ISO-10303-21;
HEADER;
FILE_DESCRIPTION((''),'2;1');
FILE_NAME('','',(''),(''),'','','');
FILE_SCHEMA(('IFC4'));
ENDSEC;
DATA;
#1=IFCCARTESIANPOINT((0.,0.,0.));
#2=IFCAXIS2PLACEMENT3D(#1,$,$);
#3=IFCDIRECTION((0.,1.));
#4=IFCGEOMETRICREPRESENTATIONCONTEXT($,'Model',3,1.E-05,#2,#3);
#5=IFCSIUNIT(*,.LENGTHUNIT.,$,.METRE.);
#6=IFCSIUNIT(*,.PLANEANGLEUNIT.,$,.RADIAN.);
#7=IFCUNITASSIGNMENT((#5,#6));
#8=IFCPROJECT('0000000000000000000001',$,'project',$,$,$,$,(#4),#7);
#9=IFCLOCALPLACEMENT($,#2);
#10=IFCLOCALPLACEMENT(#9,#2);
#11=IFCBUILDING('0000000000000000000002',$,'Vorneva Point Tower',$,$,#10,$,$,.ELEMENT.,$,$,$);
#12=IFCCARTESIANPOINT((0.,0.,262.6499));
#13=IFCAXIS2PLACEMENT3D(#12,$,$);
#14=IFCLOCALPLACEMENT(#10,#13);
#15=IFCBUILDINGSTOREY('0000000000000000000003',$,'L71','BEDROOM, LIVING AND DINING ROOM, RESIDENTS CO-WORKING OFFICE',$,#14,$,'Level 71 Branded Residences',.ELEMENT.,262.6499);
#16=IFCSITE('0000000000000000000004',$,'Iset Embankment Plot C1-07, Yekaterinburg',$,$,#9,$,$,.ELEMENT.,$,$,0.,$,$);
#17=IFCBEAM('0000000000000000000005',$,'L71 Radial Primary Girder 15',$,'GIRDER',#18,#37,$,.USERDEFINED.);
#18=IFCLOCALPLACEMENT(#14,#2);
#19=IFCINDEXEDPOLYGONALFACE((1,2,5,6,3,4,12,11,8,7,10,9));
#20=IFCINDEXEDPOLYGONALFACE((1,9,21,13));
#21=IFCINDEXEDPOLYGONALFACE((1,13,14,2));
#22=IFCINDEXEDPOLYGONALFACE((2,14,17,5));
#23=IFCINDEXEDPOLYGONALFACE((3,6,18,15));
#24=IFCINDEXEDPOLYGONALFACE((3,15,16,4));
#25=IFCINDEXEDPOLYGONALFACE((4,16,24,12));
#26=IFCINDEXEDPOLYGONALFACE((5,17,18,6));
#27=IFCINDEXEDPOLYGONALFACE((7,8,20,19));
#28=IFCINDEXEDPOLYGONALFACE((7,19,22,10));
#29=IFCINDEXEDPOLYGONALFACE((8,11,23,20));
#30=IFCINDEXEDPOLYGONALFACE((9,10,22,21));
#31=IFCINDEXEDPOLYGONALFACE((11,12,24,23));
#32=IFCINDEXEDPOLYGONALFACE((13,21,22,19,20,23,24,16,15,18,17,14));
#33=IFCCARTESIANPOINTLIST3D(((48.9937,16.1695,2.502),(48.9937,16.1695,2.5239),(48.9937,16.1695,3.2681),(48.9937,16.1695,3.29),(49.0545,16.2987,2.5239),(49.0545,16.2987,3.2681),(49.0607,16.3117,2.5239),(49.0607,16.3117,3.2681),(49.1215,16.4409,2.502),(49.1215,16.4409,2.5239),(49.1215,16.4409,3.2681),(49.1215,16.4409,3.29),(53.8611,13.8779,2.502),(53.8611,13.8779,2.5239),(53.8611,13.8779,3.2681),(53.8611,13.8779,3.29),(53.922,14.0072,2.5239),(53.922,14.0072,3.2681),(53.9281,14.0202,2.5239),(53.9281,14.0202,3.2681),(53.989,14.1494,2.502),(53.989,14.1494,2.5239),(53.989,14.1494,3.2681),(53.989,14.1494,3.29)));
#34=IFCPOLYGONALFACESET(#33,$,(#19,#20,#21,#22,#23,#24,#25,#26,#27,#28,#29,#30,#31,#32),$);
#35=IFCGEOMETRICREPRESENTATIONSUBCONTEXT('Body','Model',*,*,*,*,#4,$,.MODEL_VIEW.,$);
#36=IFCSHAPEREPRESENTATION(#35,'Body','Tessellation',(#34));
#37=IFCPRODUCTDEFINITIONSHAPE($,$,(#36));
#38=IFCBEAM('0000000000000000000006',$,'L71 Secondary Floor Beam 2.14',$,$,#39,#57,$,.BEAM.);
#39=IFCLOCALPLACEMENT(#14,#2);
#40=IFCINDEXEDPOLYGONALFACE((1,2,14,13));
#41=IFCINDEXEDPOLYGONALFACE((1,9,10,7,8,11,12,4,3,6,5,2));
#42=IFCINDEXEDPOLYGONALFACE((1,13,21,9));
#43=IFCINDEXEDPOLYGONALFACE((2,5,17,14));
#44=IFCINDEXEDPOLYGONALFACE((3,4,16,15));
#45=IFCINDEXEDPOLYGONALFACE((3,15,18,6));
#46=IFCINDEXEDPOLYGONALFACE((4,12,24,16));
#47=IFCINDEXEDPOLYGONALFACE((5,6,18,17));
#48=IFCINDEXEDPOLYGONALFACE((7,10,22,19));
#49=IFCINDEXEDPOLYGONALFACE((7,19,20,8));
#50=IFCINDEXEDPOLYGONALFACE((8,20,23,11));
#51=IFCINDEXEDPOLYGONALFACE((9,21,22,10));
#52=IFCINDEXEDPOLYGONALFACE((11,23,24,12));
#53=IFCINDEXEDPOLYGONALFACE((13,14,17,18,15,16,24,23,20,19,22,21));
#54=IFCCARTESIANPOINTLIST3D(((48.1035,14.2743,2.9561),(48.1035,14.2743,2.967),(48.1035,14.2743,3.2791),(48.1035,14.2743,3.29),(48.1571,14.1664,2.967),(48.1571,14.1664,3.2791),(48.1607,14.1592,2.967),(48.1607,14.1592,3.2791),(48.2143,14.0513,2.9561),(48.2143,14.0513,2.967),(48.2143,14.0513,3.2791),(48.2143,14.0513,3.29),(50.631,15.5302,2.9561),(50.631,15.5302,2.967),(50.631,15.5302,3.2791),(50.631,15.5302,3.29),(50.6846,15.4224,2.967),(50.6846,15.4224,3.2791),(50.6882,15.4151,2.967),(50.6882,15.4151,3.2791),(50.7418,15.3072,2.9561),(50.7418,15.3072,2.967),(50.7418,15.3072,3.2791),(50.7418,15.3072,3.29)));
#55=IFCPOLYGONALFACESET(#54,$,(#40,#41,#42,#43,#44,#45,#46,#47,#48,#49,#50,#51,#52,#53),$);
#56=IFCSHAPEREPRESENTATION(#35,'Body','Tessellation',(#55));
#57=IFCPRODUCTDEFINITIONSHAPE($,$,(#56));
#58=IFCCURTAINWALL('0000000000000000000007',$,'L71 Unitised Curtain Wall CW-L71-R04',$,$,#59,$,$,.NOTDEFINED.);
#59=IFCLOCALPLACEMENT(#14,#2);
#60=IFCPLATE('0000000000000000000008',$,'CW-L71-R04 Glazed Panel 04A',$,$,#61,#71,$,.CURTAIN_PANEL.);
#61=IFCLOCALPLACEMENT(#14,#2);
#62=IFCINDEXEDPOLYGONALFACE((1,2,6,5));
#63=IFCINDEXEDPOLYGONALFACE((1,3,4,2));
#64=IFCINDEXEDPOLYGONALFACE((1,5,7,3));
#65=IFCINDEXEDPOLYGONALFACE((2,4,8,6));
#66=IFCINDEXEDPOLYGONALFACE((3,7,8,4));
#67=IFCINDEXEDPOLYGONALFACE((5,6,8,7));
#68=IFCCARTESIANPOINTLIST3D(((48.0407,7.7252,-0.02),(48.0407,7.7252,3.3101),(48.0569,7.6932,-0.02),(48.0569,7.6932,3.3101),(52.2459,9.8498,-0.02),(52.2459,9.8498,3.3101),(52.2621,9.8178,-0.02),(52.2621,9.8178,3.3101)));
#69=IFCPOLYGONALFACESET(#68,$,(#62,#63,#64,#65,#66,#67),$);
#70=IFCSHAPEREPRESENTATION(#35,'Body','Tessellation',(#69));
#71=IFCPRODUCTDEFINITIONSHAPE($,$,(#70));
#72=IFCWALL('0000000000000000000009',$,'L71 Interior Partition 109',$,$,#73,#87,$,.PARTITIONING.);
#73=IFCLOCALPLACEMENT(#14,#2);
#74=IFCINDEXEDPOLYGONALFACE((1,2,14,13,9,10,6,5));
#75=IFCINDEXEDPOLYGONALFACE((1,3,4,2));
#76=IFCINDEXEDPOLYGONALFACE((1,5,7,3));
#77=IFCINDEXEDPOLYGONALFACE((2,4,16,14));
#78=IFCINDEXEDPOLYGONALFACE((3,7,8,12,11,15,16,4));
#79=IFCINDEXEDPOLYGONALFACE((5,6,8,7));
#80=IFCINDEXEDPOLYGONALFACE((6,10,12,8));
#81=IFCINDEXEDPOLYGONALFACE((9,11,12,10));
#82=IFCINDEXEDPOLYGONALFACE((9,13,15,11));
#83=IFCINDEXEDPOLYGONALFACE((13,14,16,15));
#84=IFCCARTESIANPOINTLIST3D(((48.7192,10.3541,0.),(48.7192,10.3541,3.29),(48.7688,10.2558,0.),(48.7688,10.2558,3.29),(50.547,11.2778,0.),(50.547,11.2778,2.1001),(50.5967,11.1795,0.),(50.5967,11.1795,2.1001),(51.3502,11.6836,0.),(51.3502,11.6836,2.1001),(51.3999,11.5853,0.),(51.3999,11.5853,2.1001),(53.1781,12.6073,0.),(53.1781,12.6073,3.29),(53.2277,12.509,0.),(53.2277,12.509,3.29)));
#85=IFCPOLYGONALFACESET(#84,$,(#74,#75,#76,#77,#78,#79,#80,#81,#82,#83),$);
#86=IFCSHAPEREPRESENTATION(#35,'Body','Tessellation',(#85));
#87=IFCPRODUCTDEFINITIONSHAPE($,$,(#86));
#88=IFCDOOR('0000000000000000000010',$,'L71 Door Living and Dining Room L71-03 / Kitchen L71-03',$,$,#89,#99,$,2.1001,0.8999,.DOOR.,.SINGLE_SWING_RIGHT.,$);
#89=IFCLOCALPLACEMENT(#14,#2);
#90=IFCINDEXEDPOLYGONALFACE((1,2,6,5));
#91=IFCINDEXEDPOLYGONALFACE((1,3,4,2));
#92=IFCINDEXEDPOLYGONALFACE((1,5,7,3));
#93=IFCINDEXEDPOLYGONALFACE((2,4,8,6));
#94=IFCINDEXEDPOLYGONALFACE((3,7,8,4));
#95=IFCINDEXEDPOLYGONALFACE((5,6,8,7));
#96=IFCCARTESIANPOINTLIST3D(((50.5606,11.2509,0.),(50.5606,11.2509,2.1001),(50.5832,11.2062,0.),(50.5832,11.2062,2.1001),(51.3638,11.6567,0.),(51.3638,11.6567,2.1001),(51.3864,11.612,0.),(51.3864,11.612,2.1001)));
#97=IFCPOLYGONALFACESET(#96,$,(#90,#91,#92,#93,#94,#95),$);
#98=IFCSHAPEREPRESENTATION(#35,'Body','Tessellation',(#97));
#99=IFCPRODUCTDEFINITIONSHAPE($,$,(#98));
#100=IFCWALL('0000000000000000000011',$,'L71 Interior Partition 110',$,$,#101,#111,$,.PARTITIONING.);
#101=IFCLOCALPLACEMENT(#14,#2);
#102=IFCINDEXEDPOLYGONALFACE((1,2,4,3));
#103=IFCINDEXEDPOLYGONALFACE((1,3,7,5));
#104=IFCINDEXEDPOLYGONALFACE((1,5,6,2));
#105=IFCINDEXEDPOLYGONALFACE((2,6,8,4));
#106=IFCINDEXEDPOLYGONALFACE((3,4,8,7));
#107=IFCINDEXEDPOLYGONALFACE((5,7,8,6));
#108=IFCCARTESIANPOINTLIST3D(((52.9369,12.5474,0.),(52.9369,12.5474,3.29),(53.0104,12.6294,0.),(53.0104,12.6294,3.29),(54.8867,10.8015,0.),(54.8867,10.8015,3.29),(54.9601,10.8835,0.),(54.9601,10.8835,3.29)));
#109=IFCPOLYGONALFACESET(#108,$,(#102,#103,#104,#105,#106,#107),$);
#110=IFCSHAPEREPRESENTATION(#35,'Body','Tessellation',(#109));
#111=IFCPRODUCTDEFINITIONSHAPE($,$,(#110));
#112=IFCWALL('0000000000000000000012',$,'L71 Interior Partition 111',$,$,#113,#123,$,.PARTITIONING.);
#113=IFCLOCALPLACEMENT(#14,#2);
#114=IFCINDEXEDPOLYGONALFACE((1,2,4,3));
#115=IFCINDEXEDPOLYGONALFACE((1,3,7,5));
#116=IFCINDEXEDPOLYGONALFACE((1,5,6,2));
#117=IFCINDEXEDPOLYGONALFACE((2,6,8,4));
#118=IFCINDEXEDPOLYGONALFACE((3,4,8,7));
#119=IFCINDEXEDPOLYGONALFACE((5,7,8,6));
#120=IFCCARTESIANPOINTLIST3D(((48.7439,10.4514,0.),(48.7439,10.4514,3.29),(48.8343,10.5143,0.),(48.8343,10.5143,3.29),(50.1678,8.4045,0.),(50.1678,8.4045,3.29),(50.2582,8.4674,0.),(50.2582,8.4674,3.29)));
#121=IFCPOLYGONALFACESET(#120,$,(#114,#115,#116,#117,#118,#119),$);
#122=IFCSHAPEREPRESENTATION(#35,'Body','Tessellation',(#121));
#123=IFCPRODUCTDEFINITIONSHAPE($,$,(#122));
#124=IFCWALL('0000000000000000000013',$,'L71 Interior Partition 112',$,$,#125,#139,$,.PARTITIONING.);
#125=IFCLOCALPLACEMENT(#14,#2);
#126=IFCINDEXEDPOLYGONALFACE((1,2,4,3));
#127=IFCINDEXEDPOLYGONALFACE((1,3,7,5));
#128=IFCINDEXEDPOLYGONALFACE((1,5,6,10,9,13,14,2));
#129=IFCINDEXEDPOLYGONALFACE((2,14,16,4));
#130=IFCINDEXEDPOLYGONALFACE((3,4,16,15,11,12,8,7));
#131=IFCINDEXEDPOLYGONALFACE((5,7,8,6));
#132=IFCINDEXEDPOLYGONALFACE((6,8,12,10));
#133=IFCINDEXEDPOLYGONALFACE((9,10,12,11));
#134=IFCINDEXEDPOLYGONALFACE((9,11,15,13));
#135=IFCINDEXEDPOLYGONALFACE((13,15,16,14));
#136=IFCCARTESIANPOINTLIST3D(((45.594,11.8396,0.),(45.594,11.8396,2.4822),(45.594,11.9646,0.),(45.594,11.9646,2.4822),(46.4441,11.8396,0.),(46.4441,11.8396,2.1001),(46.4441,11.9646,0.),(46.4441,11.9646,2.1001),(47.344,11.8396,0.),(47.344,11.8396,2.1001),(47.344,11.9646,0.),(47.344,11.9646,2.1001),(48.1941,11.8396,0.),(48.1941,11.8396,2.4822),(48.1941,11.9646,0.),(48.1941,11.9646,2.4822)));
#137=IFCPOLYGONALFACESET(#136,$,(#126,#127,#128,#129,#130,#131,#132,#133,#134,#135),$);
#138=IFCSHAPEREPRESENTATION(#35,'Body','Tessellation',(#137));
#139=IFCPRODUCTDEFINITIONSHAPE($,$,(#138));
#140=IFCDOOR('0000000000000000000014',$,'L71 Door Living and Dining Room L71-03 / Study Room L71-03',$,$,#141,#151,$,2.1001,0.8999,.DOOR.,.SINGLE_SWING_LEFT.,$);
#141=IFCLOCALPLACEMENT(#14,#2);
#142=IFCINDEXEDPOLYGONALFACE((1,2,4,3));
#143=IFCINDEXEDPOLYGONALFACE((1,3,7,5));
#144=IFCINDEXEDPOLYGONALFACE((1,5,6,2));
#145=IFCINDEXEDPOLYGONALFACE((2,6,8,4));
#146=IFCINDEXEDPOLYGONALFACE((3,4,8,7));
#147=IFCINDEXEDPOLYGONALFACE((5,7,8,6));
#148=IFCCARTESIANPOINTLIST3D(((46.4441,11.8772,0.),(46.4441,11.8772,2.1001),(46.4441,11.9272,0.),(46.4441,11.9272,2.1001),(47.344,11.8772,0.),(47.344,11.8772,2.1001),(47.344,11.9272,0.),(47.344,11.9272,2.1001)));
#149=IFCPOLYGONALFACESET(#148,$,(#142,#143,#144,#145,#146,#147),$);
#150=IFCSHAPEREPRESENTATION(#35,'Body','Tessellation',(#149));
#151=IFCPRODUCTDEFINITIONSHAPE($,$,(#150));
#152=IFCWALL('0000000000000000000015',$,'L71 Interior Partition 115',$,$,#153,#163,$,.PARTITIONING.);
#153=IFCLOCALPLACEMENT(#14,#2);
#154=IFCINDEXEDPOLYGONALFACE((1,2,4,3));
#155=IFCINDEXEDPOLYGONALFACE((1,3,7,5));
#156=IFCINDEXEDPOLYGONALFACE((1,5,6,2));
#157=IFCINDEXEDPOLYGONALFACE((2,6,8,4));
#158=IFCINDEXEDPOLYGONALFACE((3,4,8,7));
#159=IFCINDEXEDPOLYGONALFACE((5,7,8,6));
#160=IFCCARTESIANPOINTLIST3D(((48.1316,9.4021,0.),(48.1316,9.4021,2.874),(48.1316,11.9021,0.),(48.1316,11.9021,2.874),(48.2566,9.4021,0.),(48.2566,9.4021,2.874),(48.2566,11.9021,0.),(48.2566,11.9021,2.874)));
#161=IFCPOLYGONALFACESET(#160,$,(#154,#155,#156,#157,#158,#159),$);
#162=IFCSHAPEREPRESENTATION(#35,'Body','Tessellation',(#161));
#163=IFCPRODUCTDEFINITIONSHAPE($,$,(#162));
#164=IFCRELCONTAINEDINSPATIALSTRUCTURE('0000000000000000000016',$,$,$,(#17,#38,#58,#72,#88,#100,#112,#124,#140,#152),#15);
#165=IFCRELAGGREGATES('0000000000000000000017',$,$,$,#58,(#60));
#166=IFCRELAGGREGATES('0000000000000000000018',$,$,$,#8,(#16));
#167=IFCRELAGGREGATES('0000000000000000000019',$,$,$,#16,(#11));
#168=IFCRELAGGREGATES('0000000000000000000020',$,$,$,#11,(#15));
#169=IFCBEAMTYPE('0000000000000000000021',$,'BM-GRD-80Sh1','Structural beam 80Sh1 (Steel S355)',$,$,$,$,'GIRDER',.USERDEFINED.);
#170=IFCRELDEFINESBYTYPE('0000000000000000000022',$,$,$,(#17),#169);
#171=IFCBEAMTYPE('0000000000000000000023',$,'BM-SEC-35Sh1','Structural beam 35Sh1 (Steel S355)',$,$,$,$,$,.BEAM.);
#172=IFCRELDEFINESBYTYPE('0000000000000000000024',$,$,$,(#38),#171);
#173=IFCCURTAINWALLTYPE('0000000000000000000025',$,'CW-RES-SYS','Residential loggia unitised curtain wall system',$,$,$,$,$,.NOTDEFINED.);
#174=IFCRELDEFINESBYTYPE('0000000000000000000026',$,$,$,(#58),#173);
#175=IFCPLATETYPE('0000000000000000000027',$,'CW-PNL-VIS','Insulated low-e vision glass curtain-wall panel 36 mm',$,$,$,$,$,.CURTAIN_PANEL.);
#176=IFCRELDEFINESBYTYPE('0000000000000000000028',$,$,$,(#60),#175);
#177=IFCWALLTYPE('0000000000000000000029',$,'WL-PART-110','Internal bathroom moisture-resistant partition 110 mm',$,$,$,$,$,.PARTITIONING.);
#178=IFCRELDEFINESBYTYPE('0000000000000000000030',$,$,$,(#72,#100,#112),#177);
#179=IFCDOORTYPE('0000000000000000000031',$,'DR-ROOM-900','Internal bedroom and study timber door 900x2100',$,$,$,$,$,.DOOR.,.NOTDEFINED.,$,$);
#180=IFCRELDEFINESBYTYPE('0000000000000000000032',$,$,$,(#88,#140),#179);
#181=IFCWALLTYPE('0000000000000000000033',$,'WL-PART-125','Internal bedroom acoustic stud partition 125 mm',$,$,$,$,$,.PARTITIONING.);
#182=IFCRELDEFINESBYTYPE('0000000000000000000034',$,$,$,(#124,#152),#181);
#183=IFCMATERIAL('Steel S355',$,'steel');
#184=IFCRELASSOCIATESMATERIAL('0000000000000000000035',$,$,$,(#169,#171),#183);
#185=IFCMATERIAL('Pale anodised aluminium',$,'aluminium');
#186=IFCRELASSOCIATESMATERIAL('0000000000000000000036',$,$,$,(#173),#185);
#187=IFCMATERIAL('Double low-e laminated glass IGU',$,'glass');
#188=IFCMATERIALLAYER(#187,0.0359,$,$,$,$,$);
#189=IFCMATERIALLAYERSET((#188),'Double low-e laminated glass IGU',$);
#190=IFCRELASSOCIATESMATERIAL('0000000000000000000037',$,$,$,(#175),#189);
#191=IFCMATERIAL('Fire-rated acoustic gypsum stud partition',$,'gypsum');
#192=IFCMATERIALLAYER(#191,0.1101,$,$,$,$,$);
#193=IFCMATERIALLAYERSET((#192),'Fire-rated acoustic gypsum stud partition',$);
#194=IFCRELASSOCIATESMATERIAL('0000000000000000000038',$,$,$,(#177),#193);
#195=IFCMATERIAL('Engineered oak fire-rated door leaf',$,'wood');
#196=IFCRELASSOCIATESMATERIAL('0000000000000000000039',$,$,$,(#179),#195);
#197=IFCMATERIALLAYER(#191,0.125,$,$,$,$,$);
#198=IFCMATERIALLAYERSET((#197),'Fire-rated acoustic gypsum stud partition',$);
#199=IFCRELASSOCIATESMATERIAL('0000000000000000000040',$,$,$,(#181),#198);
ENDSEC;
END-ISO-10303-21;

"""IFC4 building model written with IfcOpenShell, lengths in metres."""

from ifc_helpers import new_model, si_unit, direction, frame, frame_2d, origin, origin_2d, place, context, subcontext, project, spatial, rectangle, i_section, extrude, material, layer, layer_set, material_profile, profile_set, type_object, element, fill, aggregate, save


model = new_model("IFC4")

# Units and contexts
model_context = context("Model", 3, precision=1e-05, world=origin(), true_north=direction((0.0, 1.0)))
body_context = subcontext(model_context, "Body", "Model", "MODEL_VIEW")
ifc_project = project(units=[si_unit("LENGTHUNIT", "METRE"), si_unit("PLANEANGLEUNIT", "RADIAN")], contexts=[model_context])

# Site, building, storey
site_placement = place(None, origin())
site = spatial("IfcSite", under=ifc_project, at=site_placement, Name="Iset Embankment Plot C1-07, Yekaterinburg", CompositionType="ELEMENT", RefElevation=0.0)
building_placement = place(site_placement, origin())
building = spatial("IfcBuilding", under=site, at=building_placement, Name="Vorneva Point Tower", CompositionType="ELEMENT")
storey_placement = place(building_placement, frame((0.0, 0.0, 262.6499)))
storey = spatial("IfcBuildingStorey", under=building, at=storey_placement, Name="L71", Description="BEDROOM, LIVING AND DINING ROOM, RESIDENTS CO-WORKING OFFICE", LongName="Level 71 Branded Residences", CompositionType="ELEMENT", Elevation=262.6499)

# Beams
ifc_material_1 = material(Name="Steel S355", Category="steel")
ifc_material_profile_1 = material_profile(ifc_material_1, i_section(OverallWidth=0.3, OverallDepth=0.7881, WebThickness=0.0144, FlangeThickness=0.022, at=origin_2d()), Name="80Sh1")
ifc_profile_set_1 = profile_set([ifc_material_profile_1], Name="Steel S355")
beam_type_1 = type_object("IfcBeamType", Name="BM-GRD-80Sh1", Description="Structural beam 80Sh1 (Steel S355)", ElementType="GIRDER", PredefinedType="USERDEFINED", material=ifc_profile_set_1)
beam_1_placement = place(storey_placement, frame((53.925, 14.0137, 2.896), z_axis=(-0.904751, 0.425941, 0.0), x_axis=(-0.425941, -0.904751, 0.0)))
element("IfcBeam", 1, at=beam_1_placement, inside=storey, type_object=beam_type_1, Name="L71 Radial Primary Girder 15", ObjectType="GIRDER", PredefinedType="USERDEFINED", context=body_context, shape_type="SweptSolid", body=[
    extrude(i_section(OverallWidth=0.3, OverallDepth=0.7881, WebThickness=0.0144, FlangeThickness=0.022, at=origin_2d()), origin(), (0.0, 0.0, 1.0), 5.3799),
])
ifc_material_profile_2 = material_profile(ifc_material_1, i_section(OverallWidth=0.249, OverallDepth=0.334, WebThickness=0.0081, FlangeThickness=0.011, at=origin_2d()), Name="35Sh1")
ifc_profile_set_2 = profile_set([ifc_material_profile_2], Name="Steel S355")
beam_type_2 = type_object("IfcBeamType", Name="BM-SEC-35Sh1", Description="Structural beam 35Sh1 (Steel S355)", PredefinedType="BEAM", material=ifc_profile_set_2)
beam_2_placement = place(storey_placement, frame((48.1589, 14.1628, 3.123), z_axis=(0.895532, 0.444998, 0.0), x_axis=(-0.444998, 0.895532, 0.0)))
element("IfcBeam", 2, at=beam_2_placement, inside=storey, type_object=beam_type_2, Name="L71 Secondary Floor Beam 2.14", PredefinedType="BEAM", context=body_context, shape_type="SweptSolid", body=[
    extrude(i_section(OverallWidth=0.249, OverallDepth=0.334, WebThickness=0.0081, FlangeThickness=0.011, at=origin_2d()), origin(), (0.0, 0.0, 1.0), 2.8223),
])

# Curtain wall, plate
ifc_material_2 = material(Name="Pale anodised aluminium", Category="aluminium")
curtain_wall_type = type_object("IfcCurtainWallType", Name="CW-RES-SYS", Description="Residential loggia unitised curtain wall system", PredefinedType="NOTDEFINED", material=ifc_material_2)
curtain_wall_placement = place(storey_placement, origin())
curtain_wall = element("IfcCurtainWall", 3, at=curtain_wall_placement, inside=storey, type_object=curtain_wall_type, Name="L71 Unitised Curtain Wall CW-L71-R04", PredefinedType="NOTDEFINED")
ifc_material_3 = material(Name="Double low-e laminated glass IGU", Category="glass")
ifc_layer_1 = layer(ifc_material_3, 0.0359)
ifc_layer_set_1 = layer_set([ifc_layer_1], Name="Double low-e laminated glass IGU")
plate_type = type_object("IfcPlateType", Name="CW-PNL-VIS", Description="Insulated low-e vision glass curtain-wall panel 36 mm", PredefinedType="CURTAIN_PANEL", material=ifc_layer_set_1)
plate_placement = place(storey_placement, frame((50.1514, 8.7715, -0.02), z_axis=(0.0, 0.0, 1.0), x_axis=(0.892554, 0.45094, 0.0)))
plate = element("IfcPlate", 4, at=plate_placement, type_object=plate_type, Name="CW-L71-R04 Glazed Panel 04A", PredefinedType="CURTAIN_PANEL", context=body_context, shape_type="SweptSolid", body=[
    extrude(rectangle(XDim=4.7114, YDim=0.0359, at=origin_2d()), origin(), (0.0, 0.0, 1.0), 3.3301),
])
aggregate(curtain_wall, [plate])

# Wall, opening, door
ifc_material_4 = material(Name="Fire-rated acoustic gypsum stud partition", Category="gypsum")
ifc_layer_2 = layer(ifc_material_4, 0.1101)
ifc_layer_set_2 = layer_set([ifc_layer_2], Name="Fire-rated acoustic gypsum stud partition")
wall_type_1 = type_object("IfcWallType", Name="WL-PART-110", Description="Internal bathroom moisture-resistant partition 110 mm", PredefinedType="PARTITIONING", material=ifc_layer_set_2)
wall_1_placement = place(storey_placement, frame((48.7439, 10.3049, 0.0), z_axis=(0.0, 0.0, 1.0), x_axis=(0.892523, 0.451002, 0.0)))
wall_1 = element("IfcWall", 5, at=wall_1_placement, inside=storey, type_object=wall_type_1, Name="L71 Interior Partition 109", PredefinedType="PARTITIONING", context=body_context, shape_type="SweptSolid", body=[
    extrude(rectangle(XDim=4.9958, YDim=0.1101, at=frame_2d((2.498, 0.0))), origin(), (0.0, 0.0, 1.0), 3.29),
])
opening_1_placement = place(wall_1_placement, frame((2.0481, 0.0, 0.0)))
opening_1 = element("IfcOpeningElement", 6, at=opening_1_placement, cuts=wall_1, PredefinedType="OPENING", context=body_context, shape_type="SweptSolid", body=[
    extrude(rectangle(XDim=0.8999, YDim=2.1001, at=frame_2d((0.45, 1.05))), frame((0.0, 0.0698, 0.0), z_axis=(0.0, -1.0, 0.0), x_axis=(1.0, 0.0, 0.0)), (0.0, 0.0, 1.0), 0.1399),
])
ifc_material_5 = material(Name="Engineered oak fire-rated door leaf", Category="wood")
door_type = type_object("IfcDoorType", Name="DR-ROOM-900", Description="Internal bedroom and study timber door 900x2100", OperationType="NOTDEFINED", PredefinedType="DOOR", material=ifc_material_5)
door_1_placement = place(opening_1_placement, origin())
door_1 = element("IfcDoor", 7, at=door_1_placement, inside=storey, type_object=door_type, Name="L71 Door Living and Dining Room L71-03 / Kitchen L71-03", OperationType="SINGLE_SWING_RIGHT", OverallHeight=2.1001, OverallWidth=0.8999, PredefinedType="DOOR", context=body_context, shape_type="SweptSolid", body=[
    extrude(rectangle(XDim=0.8999, YDim=2.1001, at=frame_2d((0.45, 1.05))), frame((0.0, 0.0249, 0.0), z_axis=(0.0, -1.0, 0.0), x_axis=(1.0, 0.0, 0.0)), (0.0, 0.0, 1.0), 0.05),
])
fill(opening_1, door_1)

# Walls
wall_2_placement = place(storey_placement, frame((52.9736, 12.5884, 0.0), z_axis=(0.0, 0.0, 1.0), x_axis=(0.74498, -0.667087, 0.0)))
element("IfcWall", 8, at=wall_2_placement, inside=storey, type_object=wall_type_1, Name="L71 Interior Partition 110", PredefinedType="PARTITIONING", context=body_context, shape_type="SweptSolid", body=[
    extrude(rectangle(XDim=2.6172, YDim=0.1101, at=frame_2d((1.3086, 0.0))), origin(), (0.0, 0.0, 1.0), 3.29),
])
wall_3_placement = place(storey_placement, frame((50.2129, 8.436, 0.0), z_axis=(0.0, 0.0, 1.0), x_axis=(-0.571042, 0.820921, 0.0)))
element("IfcWall", 9, at=wall_3_placement, inside=storey, type_object=wall_type_1, Name="L71 Interior Partition 111", PredefinedType="PARTITIONING", context=body_context, shape_type="SweptSolid", body=[
    extrude(rectangle(XDim=2.4934, YDim=0.1101, at=frame_2d((1.2466, 0.0))), origin(), (0.0, 0.0, 1.0), 3.29),
])

# Wall, opening, door
ifc_layer_3 = layer(ifc_material_4, 0.125)
ifc_layer_set_3 = layer_set([ifc_layer_3], Name="Fire-rated acoustic gypsum stud partition")
wall_type_2 = type_object("IfcWallType", Name="WL-PART-125", Description="Internal bedroom acoustic stud partition 125 mm", PredefinedType="PARTITIONING", material=ifc_layer_set_3)
wall_4_placement = place(storey_placement, frame((48.1941, 11.9021, 0.0), z_axis=(0.0, 0.0, 1.0), x_axis=(-1.0, 0.0, 0.0)))
wall_4 = element("IfcWall", 10, at=wall_4_placement, inside=storey, type_object=wall_type_2, Name="L71 Interior Partition 112", PredefinedType="PARTITIONING", context=body_context, shape_type="SweptSolid", body=[
    extrude(rectangle(XDim=2.6001, YDim=0.125, at=frame_2d((1.3, 0.0))), origin(), (0.0, 0.0, 1.0), 2.4822),
])
opening_2_placement = place(wall_4_placement, frame((0.8501, 0.0, 0.0)))
opening_2 = element("IfcOpeningElement", 11, at=opening_2_placement, cuts=wall_4, PredefinedType="OPENING", context=body_context, shape_type="SweptSolid", body=[
    extrude(rectangle(XDim=0.8999, YDim=2.1001, at=frame_2d((0.45, 1.05))), frame((0.0, 0.0774, 0.0), z_axis=(0.0, -1.0, 0.0), x_axis=(1.0, 0.0, 0.0)), (0.0, 0.0, 1.0), 0.1548),
])
door_2_placement = place(opening_2_placement, origin())
door_2 = element("IfcDoor", 12, at=door_2_placement, inside=storey, type_object=door_type, Name="L71 Door Living and Dining Room L71-03 / Study Room L71-03", OperationType="SINGLE_SWING_LEFT", OverallHeight=2.1001, OverallWidth=0.8999, PredefinedType="DOOR", context=body_context, shape_type="SweptSolid", body=[
    extrude(rectangle(XDim=0.8999, YDim=2.1001, at=frame_2d((0.45, 1.05))), frame((0.0, 0.0249, 0.0), z_axis=(0.0, -1.0, 0.0), x_axis=(1.0, 0.0, 0.0)), (0.0, 0.0, 1.0), 0.05),
])
fill(opening_2, door_2)

# Wall
wall_5_placement = place(storey_placement, frame((48.1941, 9.4021, 0.0), z_axis=(0.0, 0.0, 1.0), x_axis=(0.0, 1.0, 0.0)))
element("IfcWall", 13, at=wall_5_placement, inside=storey, type_object=wall_type_2, Name="L71 Interior Partition 115", PredefinedType="PARTITIONING", context=body_context, shape_type="SweptSolid", body=[
    extrude(rectangle(XDim=2.5, YDim=0.125, at=frame_2d((1.25, 0.0))), origin(), (0.0, 0.0, 1.0), 2.874),
])

save(model, "model.ifc")
